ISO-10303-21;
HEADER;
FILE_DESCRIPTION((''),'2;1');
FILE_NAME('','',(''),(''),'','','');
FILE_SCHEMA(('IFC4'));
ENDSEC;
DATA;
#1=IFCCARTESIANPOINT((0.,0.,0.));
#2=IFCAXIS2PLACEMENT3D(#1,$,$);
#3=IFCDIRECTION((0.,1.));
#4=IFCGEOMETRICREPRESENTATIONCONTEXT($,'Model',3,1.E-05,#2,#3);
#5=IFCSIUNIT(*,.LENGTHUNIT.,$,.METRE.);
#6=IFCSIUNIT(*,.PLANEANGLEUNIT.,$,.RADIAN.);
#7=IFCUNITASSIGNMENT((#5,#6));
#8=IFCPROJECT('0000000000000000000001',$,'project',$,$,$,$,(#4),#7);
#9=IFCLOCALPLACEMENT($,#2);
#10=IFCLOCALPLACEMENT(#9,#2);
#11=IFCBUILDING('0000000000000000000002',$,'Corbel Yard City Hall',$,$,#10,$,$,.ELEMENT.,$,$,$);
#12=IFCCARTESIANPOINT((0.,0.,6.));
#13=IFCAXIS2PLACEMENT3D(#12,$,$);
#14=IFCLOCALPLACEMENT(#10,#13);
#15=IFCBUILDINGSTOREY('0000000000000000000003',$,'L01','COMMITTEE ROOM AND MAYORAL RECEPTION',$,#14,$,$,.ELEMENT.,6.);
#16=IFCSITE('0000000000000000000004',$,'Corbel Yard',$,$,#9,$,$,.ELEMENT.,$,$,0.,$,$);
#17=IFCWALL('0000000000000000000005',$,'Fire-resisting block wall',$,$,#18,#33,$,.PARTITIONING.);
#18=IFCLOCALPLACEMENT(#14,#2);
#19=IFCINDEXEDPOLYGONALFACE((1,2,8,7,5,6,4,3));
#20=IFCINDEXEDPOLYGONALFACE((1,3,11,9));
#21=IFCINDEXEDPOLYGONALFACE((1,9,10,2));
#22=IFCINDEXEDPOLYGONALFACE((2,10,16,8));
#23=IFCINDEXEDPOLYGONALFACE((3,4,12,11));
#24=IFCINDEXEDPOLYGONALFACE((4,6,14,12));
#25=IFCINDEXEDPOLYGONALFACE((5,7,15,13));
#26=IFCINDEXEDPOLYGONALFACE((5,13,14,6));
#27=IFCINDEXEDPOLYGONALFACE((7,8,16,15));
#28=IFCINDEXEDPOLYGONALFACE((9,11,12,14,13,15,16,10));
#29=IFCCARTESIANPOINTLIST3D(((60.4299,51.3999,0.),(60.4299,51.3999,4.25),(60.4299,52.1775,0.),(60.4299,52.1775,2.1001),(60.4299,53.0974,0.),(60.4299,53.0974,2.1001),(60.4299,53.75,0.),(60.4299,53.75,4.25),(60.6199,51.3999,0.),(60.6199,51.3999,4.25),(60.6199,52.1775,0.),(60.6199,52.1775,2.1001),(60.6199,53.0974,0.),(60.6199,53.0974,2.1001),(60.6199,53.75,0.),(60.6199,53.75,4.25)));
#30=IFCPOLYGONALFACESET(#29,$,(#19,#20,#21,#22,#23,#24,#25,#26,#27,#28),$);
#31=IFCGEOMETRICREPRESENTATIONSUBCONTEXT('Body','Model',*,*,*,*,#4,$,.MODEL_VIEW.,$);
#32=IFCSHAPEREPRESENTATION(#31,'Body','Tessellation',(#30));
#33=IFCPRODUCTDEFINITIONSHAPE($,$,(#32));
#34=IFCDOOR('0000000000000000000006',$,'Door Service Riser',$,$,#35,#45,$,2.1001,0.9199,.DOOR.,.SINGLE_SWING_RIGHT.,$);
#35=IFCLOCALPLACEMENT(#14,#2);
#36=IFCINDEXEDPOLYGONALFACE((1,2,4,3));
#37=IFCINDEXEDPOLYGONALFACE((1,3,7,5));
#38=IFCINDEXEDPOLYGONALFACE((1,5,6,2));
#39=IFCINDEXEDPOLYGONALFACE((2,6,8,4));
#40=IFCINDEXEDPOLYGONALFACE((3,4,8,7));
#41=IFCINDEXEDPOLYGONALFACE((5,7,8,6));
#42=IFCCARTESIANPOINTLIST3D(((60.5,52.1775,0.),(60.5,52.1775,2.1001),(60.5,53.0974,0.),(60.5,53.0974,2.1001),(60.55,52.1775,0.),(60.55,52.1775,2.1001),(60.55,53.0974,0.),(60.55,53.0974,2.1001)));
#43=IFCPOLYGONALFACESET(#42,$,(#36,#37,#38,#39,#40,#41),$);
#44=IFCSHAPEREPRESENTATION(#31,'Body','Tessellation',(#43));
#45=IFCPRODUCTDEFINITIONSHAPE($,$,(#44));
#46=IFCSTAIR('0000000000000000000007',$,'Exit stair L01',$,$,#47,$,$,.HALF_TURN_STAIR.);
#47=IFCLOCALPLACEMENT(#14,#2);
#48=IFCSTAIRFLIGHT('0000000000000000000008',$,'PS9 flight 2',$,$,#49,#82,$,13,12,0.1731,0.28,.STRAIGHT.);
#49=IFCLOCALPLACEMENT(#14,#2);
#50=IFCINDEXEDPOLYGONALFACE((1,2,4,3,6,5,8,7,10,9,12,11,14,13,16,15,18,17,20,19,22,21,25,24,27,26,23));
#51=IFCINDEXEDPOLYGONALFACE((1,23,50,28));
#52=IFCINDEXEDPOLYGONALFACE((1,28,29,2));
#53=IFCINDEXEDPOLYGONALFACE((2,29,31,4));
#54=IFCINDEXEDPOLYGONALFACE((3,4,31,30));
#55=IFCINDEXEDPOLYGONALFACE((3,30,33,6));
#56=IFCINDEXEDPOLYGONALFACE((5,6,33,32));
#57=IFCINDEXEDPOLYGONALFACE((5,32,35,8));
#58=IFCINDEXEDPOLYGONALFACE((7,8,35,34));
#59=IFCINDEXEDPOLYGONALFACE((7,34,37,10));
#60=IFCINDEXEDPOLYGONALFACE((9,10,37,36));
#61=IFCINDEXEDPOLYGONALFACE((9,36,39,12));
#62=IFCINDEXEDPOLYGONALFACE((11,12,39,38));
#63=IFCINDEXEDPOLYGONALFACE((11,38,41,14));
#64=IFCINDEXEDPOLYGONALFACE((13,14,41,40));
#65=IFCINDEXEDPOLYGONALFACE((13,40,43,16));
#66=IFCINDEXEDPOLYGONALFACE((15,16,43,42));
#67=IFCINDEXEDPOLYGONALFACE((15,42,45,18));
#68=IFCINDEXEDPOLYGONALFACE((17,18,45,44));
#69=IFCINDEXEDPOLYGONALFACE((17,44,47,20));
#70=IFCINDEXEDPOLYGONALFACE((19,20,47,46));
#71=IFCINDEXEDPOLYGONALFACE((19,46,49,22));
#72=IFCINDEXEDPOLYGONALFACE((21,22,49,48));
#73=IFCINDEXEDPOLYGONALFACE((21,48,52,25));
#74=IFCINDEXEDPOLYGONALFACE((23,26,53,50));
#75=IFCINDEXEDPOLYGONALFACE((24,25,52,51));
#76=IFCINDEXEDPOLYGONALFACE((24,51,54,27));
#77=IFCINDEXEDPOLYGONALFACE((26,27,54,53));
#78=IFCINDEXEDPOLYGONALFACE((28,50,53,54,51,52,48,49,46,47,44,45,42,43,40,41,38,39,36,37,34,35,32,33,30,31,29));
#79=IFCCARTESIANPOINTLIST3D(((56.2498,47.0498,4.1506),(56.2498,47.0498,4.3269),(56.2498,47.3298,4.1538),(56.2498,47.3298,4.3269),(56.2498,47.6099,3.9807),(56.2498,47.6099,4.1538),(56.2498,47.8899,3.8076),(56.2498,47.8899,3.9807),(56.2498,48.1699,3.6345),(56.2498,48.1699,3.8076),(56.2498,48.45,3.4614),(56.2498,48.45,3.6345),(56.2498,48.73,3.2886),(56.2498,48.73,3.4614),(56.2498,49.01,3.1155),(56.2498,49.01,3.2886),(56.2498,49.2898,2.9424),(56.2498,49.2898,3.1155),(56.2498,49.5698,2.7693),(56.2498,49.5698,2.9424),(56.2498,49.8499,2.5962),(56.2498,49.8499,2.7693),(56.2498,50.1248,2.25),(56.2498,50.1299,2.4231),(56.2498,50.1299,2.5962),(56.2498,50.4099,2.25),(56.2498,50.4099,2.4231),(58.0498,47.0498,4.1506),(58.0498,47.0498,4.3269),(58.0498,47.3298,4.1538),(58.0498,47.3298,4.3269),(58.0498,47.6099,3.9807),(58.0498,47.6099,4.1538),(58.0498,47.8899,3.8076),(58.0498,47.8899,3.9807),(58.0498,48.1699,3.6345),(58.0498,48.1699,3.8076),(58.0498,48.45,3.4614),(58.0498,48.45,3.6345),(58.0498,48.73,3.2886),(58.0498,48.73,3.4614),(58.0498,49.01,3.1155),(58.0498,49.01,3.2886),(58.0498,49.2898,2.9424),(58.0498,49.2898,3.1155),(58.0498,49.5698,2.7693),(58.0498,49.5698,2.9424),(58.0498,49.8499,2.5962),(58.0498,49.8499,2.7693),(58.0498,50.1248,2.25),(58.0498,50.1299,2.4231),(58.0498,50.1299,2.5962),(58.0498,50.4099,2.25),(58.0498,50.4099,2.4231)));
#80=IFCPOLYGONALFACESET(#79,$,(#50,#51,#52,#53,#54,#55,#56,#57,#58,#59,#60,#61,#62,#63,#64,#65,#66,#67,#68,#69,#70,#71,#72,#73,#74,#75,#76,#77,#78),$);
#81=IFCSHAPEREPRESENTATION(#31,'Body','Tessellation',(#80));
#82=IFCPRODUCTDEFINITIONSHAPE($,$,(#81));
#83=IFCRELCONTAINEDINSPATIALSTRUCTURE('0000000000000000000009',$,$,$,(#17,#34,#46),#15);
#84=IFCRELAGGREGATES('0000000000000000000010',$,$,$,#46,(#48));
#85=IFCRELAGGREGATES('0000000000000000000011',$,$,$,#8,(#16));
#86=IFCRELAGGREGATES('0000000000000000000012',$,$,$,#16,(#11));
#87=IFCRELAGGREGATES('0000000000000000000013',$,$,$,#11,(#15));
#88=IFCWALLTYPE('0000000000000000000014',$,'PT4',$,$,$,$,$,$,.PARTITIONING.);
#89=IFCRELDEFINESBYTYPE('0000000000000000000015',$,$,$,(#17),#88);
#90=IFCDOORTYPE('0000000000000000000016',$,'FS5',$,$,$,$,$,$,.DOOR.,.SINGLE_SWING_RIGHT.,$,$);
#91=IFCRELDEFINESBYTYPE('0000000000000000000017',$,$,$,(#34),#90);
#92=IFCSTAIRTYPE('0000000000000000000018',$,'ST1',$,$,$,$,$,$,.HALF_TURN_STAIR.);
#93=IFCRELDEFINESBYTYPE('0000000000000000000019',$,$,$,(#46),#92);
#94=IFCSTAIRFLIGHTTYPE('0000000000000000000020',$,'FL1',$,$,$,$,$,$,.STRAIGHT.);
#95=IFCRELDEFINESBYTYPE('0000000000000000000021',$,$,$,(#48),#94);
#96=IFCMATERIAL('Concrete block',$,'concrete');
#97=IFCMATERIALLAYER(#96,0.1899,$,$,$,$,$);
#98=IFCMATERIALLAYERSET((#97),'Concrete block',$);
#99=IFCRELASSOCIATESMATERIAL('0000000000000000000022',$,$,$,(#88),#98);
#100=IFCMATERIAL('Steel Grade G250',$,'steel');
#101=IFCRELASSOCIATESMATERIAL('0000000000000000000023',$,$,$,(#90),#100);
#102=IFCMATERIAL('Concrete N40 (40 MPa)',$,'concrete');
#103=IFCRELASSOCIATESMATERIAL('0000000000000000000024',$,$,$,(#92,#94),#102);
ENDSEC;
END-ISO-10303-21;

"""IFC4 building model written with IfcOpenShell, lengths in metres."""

from ifc_helpers import new_model, si_unit, direction, frame, frame_2d, origin, place, context, subcontext, project, spatial, polyline, rectangle, outline, extrude, material, layer, layer_set, type_object, element, fill, aggregate, save


model = new_model("IFC4")

# Units and contexts
model_context = context("Model", 3, precision=1e-05, world=origin(), true_north=direction((0.0, 1.0)))
body_context = subcontext(model_context, "Body", "Model", "MODEL_VIEW")
ifc_project = project(units=[si_unit("LENGTHUNIT", "METRE"), si_unit("PLANEANGLEUNIT", "RADIAN")], contexts=[model_context])

# Site, building, storey
site_placement = place(None, origin())
site = spatial("IfcSite", under=ifc_project, at=site_placement, Name="Corbel Yard", CompositionType="ELEMENT", RefElevation=0.0)
building_placement = place(site_placement, origin())
building = spatial("IfcBuilding", under=site, at=building_placement, Name="Corbel Yard City Hall", CompositionType="ELEMENT")
storey_placement = place(building_placement, frame((0.0, 0.0, 6.0)))
storey = spatial("IfcBuildingStorey", under=building, at=storey_placement, Name="L01", Description="COMMITTEE ROOM AND MAYORAL RECEPTION", CompositionType="ELEMENT", Elevation=6.0)

# Shared definitions
ifc_material_1 = material(Name="Concrete N40 (40 MPa)", Category="concrete")
ifc_material_2 = material(Name="Steel Grade G250", Category="steel")

# Wall, opening, door
ifc_material_3 = material(Name="Concrete block", Category="concrete")
ifc_layer_1 = layer(ifc_material_3, 0.1899)
ifc_layer_set_1 = layer_set([ifc_layer_1], Name="Concrete block")
wall_type_1 = type_object("IfcWallType", Name="PT4", PredefinedType="PARTITIONING", material=ifc_layer_set_1)
wall_1_placement = place(storey_placement, frame((60.5249, 51.3999, 0.0), z_axis=(0.0, 0.0, 1.0), x_axis=(0.0, 1.0, 0.0)))
wall_1 = element("IfcWall", 1, at=wall_1_placement, inside=storey, type_object=wall_type_1, Name="Fire-resisting block wall", PredefinedType="PARTITIONING", context=body_context, shape_type="SweptSolid", body=[
    extrude(rectangle(XDim=2.3501, YDim=0.1899, at=frame_2d((1.175, 0.0))), origin(), (0.0, 0.0, 1.0), 4.25),
])
opening_1_placement = place(wall_1_placement, frame((0.7776, 0.0, 0.0)))
opening_1 = element("IfcOpeningElement", 2, at=opening_1_placement, cuts=wall_1, PredefinedType="OPENING", context=body_context, shape_type="SweptSolid", body=[
    extrude(rectangle(XDim=0.9199, YDim=2.1001, at=frame_2d((0.46, 1.05))), frame((0.0, 0.105, 0.0), z_axis=(0.0, -1.0, 0.0), x_axis=(1.0, 0.0, 0.0)), (0.0, 0.0, 1.0), 0.21),
])
door_type_1 = type_object("IfcDoorType", Name="FS5", OperationType="SINGLE_SWING_RIGHT", PredefinedType="DOOR", material=ifc_material_2)
door_1_placement = place(opening_1_placement, origin())
door_1 = element("IfcDoor", 3, at=door_1_placement, inside=storey, type_object=door_type_1, Name="Door Service Riser", OperationType="SINGLE_SWING_RIGHT", OverallHeight=2.1001, OverallWidth=0.9199, PredefinedType="DOOR", context=body_context, shape_type="SweptSolid", body=[
    extrude(rectangle(XDim=0.9199, YDim=2.1001, at=frame_2d((0.46, 1.05))), frame((0.0, 0.0249, 0.0), z_axis=(0.0, -1.0, 0.0), x_axis=(1.0, 0.0, 0.0)), (0.0, 0.0, 1.0), 0.05),
])
fill(opening_1, door_1)

# Stair, stair flight
stair_type = type_object("IfcStairType", Name="ST1", PredefinedType="HALF_TURN_STAIR", material=ifc_material_1)
stair_placement = place(storey_placement, origin())
stair = element("IfcStair", 4, at=stair_placement, inside=storey, type_object=stair_type, Name="Exit stair L01", PredefinedType="HALF_TURN_STAIR")
stair_flight_type = type_object("IfcStairFlightType", Name="FL1", PredefinedType="STRAIGHT", material=ifc_material_1)
stair_flight_placement = place(storey_placement, frame((57.1499, 50.4099, 2.25), z_axis=(0.0, 0.0, 1.0), x_axis=(0.0, -1.0, 0.0)))
stair_flight = element("IfcStairFlight", 5, at=stair_flight_placement, type_object=stair_flight_type, Name="PS9 flight 2", NumberOfRisers=13, NumberOfTreads=12, PredefinedType="STRAIGHT", RiserHeight=0.1731, TreadLength=0.28, context=body_context, shape_type="SweptSolid", body=[
    extrude(outline(polyline([(0.0, 0.0), (0.0, 0.1731), (0.28, 0.1731), (0.28, 0.3462), (0.5601, 0.3462), (0.5601, 0.5193), (0.8401, 0.5193), (0.8401, 0.6924), (1.1201, 0.6924), (1.1201, 0.8655), (1.3999, 0.8655), (1.3999, 1.0386), (1.6799, 1.0386), (1.6799, 1.2114), (1.96, 1.2114), (1.96, 1.3845), (2.24, 1.3845), (2.24, 1.5576), (2.52, 1.5576), (2.52, 1.7307), (2.8, 1.7307), (2.8, 1.9038), (3.0801, 1.9038), (3.0801, 2.0769), (3.3601, 2.0769), (3.3601, 2.25), (3.3601, 1.9006), (0.2852, 0.0), (0.0, 0.0)])), frame((0.0, 0.8999, 0.0), z_axis=(0.0, -1.0, 0.0), x_axis=(1.0, 0.0, 0.0)), (0.0, 0.0, 1.0), 1.8),
])
aggregate(stair, [stair_flight])

save(model, "model.ifc")
